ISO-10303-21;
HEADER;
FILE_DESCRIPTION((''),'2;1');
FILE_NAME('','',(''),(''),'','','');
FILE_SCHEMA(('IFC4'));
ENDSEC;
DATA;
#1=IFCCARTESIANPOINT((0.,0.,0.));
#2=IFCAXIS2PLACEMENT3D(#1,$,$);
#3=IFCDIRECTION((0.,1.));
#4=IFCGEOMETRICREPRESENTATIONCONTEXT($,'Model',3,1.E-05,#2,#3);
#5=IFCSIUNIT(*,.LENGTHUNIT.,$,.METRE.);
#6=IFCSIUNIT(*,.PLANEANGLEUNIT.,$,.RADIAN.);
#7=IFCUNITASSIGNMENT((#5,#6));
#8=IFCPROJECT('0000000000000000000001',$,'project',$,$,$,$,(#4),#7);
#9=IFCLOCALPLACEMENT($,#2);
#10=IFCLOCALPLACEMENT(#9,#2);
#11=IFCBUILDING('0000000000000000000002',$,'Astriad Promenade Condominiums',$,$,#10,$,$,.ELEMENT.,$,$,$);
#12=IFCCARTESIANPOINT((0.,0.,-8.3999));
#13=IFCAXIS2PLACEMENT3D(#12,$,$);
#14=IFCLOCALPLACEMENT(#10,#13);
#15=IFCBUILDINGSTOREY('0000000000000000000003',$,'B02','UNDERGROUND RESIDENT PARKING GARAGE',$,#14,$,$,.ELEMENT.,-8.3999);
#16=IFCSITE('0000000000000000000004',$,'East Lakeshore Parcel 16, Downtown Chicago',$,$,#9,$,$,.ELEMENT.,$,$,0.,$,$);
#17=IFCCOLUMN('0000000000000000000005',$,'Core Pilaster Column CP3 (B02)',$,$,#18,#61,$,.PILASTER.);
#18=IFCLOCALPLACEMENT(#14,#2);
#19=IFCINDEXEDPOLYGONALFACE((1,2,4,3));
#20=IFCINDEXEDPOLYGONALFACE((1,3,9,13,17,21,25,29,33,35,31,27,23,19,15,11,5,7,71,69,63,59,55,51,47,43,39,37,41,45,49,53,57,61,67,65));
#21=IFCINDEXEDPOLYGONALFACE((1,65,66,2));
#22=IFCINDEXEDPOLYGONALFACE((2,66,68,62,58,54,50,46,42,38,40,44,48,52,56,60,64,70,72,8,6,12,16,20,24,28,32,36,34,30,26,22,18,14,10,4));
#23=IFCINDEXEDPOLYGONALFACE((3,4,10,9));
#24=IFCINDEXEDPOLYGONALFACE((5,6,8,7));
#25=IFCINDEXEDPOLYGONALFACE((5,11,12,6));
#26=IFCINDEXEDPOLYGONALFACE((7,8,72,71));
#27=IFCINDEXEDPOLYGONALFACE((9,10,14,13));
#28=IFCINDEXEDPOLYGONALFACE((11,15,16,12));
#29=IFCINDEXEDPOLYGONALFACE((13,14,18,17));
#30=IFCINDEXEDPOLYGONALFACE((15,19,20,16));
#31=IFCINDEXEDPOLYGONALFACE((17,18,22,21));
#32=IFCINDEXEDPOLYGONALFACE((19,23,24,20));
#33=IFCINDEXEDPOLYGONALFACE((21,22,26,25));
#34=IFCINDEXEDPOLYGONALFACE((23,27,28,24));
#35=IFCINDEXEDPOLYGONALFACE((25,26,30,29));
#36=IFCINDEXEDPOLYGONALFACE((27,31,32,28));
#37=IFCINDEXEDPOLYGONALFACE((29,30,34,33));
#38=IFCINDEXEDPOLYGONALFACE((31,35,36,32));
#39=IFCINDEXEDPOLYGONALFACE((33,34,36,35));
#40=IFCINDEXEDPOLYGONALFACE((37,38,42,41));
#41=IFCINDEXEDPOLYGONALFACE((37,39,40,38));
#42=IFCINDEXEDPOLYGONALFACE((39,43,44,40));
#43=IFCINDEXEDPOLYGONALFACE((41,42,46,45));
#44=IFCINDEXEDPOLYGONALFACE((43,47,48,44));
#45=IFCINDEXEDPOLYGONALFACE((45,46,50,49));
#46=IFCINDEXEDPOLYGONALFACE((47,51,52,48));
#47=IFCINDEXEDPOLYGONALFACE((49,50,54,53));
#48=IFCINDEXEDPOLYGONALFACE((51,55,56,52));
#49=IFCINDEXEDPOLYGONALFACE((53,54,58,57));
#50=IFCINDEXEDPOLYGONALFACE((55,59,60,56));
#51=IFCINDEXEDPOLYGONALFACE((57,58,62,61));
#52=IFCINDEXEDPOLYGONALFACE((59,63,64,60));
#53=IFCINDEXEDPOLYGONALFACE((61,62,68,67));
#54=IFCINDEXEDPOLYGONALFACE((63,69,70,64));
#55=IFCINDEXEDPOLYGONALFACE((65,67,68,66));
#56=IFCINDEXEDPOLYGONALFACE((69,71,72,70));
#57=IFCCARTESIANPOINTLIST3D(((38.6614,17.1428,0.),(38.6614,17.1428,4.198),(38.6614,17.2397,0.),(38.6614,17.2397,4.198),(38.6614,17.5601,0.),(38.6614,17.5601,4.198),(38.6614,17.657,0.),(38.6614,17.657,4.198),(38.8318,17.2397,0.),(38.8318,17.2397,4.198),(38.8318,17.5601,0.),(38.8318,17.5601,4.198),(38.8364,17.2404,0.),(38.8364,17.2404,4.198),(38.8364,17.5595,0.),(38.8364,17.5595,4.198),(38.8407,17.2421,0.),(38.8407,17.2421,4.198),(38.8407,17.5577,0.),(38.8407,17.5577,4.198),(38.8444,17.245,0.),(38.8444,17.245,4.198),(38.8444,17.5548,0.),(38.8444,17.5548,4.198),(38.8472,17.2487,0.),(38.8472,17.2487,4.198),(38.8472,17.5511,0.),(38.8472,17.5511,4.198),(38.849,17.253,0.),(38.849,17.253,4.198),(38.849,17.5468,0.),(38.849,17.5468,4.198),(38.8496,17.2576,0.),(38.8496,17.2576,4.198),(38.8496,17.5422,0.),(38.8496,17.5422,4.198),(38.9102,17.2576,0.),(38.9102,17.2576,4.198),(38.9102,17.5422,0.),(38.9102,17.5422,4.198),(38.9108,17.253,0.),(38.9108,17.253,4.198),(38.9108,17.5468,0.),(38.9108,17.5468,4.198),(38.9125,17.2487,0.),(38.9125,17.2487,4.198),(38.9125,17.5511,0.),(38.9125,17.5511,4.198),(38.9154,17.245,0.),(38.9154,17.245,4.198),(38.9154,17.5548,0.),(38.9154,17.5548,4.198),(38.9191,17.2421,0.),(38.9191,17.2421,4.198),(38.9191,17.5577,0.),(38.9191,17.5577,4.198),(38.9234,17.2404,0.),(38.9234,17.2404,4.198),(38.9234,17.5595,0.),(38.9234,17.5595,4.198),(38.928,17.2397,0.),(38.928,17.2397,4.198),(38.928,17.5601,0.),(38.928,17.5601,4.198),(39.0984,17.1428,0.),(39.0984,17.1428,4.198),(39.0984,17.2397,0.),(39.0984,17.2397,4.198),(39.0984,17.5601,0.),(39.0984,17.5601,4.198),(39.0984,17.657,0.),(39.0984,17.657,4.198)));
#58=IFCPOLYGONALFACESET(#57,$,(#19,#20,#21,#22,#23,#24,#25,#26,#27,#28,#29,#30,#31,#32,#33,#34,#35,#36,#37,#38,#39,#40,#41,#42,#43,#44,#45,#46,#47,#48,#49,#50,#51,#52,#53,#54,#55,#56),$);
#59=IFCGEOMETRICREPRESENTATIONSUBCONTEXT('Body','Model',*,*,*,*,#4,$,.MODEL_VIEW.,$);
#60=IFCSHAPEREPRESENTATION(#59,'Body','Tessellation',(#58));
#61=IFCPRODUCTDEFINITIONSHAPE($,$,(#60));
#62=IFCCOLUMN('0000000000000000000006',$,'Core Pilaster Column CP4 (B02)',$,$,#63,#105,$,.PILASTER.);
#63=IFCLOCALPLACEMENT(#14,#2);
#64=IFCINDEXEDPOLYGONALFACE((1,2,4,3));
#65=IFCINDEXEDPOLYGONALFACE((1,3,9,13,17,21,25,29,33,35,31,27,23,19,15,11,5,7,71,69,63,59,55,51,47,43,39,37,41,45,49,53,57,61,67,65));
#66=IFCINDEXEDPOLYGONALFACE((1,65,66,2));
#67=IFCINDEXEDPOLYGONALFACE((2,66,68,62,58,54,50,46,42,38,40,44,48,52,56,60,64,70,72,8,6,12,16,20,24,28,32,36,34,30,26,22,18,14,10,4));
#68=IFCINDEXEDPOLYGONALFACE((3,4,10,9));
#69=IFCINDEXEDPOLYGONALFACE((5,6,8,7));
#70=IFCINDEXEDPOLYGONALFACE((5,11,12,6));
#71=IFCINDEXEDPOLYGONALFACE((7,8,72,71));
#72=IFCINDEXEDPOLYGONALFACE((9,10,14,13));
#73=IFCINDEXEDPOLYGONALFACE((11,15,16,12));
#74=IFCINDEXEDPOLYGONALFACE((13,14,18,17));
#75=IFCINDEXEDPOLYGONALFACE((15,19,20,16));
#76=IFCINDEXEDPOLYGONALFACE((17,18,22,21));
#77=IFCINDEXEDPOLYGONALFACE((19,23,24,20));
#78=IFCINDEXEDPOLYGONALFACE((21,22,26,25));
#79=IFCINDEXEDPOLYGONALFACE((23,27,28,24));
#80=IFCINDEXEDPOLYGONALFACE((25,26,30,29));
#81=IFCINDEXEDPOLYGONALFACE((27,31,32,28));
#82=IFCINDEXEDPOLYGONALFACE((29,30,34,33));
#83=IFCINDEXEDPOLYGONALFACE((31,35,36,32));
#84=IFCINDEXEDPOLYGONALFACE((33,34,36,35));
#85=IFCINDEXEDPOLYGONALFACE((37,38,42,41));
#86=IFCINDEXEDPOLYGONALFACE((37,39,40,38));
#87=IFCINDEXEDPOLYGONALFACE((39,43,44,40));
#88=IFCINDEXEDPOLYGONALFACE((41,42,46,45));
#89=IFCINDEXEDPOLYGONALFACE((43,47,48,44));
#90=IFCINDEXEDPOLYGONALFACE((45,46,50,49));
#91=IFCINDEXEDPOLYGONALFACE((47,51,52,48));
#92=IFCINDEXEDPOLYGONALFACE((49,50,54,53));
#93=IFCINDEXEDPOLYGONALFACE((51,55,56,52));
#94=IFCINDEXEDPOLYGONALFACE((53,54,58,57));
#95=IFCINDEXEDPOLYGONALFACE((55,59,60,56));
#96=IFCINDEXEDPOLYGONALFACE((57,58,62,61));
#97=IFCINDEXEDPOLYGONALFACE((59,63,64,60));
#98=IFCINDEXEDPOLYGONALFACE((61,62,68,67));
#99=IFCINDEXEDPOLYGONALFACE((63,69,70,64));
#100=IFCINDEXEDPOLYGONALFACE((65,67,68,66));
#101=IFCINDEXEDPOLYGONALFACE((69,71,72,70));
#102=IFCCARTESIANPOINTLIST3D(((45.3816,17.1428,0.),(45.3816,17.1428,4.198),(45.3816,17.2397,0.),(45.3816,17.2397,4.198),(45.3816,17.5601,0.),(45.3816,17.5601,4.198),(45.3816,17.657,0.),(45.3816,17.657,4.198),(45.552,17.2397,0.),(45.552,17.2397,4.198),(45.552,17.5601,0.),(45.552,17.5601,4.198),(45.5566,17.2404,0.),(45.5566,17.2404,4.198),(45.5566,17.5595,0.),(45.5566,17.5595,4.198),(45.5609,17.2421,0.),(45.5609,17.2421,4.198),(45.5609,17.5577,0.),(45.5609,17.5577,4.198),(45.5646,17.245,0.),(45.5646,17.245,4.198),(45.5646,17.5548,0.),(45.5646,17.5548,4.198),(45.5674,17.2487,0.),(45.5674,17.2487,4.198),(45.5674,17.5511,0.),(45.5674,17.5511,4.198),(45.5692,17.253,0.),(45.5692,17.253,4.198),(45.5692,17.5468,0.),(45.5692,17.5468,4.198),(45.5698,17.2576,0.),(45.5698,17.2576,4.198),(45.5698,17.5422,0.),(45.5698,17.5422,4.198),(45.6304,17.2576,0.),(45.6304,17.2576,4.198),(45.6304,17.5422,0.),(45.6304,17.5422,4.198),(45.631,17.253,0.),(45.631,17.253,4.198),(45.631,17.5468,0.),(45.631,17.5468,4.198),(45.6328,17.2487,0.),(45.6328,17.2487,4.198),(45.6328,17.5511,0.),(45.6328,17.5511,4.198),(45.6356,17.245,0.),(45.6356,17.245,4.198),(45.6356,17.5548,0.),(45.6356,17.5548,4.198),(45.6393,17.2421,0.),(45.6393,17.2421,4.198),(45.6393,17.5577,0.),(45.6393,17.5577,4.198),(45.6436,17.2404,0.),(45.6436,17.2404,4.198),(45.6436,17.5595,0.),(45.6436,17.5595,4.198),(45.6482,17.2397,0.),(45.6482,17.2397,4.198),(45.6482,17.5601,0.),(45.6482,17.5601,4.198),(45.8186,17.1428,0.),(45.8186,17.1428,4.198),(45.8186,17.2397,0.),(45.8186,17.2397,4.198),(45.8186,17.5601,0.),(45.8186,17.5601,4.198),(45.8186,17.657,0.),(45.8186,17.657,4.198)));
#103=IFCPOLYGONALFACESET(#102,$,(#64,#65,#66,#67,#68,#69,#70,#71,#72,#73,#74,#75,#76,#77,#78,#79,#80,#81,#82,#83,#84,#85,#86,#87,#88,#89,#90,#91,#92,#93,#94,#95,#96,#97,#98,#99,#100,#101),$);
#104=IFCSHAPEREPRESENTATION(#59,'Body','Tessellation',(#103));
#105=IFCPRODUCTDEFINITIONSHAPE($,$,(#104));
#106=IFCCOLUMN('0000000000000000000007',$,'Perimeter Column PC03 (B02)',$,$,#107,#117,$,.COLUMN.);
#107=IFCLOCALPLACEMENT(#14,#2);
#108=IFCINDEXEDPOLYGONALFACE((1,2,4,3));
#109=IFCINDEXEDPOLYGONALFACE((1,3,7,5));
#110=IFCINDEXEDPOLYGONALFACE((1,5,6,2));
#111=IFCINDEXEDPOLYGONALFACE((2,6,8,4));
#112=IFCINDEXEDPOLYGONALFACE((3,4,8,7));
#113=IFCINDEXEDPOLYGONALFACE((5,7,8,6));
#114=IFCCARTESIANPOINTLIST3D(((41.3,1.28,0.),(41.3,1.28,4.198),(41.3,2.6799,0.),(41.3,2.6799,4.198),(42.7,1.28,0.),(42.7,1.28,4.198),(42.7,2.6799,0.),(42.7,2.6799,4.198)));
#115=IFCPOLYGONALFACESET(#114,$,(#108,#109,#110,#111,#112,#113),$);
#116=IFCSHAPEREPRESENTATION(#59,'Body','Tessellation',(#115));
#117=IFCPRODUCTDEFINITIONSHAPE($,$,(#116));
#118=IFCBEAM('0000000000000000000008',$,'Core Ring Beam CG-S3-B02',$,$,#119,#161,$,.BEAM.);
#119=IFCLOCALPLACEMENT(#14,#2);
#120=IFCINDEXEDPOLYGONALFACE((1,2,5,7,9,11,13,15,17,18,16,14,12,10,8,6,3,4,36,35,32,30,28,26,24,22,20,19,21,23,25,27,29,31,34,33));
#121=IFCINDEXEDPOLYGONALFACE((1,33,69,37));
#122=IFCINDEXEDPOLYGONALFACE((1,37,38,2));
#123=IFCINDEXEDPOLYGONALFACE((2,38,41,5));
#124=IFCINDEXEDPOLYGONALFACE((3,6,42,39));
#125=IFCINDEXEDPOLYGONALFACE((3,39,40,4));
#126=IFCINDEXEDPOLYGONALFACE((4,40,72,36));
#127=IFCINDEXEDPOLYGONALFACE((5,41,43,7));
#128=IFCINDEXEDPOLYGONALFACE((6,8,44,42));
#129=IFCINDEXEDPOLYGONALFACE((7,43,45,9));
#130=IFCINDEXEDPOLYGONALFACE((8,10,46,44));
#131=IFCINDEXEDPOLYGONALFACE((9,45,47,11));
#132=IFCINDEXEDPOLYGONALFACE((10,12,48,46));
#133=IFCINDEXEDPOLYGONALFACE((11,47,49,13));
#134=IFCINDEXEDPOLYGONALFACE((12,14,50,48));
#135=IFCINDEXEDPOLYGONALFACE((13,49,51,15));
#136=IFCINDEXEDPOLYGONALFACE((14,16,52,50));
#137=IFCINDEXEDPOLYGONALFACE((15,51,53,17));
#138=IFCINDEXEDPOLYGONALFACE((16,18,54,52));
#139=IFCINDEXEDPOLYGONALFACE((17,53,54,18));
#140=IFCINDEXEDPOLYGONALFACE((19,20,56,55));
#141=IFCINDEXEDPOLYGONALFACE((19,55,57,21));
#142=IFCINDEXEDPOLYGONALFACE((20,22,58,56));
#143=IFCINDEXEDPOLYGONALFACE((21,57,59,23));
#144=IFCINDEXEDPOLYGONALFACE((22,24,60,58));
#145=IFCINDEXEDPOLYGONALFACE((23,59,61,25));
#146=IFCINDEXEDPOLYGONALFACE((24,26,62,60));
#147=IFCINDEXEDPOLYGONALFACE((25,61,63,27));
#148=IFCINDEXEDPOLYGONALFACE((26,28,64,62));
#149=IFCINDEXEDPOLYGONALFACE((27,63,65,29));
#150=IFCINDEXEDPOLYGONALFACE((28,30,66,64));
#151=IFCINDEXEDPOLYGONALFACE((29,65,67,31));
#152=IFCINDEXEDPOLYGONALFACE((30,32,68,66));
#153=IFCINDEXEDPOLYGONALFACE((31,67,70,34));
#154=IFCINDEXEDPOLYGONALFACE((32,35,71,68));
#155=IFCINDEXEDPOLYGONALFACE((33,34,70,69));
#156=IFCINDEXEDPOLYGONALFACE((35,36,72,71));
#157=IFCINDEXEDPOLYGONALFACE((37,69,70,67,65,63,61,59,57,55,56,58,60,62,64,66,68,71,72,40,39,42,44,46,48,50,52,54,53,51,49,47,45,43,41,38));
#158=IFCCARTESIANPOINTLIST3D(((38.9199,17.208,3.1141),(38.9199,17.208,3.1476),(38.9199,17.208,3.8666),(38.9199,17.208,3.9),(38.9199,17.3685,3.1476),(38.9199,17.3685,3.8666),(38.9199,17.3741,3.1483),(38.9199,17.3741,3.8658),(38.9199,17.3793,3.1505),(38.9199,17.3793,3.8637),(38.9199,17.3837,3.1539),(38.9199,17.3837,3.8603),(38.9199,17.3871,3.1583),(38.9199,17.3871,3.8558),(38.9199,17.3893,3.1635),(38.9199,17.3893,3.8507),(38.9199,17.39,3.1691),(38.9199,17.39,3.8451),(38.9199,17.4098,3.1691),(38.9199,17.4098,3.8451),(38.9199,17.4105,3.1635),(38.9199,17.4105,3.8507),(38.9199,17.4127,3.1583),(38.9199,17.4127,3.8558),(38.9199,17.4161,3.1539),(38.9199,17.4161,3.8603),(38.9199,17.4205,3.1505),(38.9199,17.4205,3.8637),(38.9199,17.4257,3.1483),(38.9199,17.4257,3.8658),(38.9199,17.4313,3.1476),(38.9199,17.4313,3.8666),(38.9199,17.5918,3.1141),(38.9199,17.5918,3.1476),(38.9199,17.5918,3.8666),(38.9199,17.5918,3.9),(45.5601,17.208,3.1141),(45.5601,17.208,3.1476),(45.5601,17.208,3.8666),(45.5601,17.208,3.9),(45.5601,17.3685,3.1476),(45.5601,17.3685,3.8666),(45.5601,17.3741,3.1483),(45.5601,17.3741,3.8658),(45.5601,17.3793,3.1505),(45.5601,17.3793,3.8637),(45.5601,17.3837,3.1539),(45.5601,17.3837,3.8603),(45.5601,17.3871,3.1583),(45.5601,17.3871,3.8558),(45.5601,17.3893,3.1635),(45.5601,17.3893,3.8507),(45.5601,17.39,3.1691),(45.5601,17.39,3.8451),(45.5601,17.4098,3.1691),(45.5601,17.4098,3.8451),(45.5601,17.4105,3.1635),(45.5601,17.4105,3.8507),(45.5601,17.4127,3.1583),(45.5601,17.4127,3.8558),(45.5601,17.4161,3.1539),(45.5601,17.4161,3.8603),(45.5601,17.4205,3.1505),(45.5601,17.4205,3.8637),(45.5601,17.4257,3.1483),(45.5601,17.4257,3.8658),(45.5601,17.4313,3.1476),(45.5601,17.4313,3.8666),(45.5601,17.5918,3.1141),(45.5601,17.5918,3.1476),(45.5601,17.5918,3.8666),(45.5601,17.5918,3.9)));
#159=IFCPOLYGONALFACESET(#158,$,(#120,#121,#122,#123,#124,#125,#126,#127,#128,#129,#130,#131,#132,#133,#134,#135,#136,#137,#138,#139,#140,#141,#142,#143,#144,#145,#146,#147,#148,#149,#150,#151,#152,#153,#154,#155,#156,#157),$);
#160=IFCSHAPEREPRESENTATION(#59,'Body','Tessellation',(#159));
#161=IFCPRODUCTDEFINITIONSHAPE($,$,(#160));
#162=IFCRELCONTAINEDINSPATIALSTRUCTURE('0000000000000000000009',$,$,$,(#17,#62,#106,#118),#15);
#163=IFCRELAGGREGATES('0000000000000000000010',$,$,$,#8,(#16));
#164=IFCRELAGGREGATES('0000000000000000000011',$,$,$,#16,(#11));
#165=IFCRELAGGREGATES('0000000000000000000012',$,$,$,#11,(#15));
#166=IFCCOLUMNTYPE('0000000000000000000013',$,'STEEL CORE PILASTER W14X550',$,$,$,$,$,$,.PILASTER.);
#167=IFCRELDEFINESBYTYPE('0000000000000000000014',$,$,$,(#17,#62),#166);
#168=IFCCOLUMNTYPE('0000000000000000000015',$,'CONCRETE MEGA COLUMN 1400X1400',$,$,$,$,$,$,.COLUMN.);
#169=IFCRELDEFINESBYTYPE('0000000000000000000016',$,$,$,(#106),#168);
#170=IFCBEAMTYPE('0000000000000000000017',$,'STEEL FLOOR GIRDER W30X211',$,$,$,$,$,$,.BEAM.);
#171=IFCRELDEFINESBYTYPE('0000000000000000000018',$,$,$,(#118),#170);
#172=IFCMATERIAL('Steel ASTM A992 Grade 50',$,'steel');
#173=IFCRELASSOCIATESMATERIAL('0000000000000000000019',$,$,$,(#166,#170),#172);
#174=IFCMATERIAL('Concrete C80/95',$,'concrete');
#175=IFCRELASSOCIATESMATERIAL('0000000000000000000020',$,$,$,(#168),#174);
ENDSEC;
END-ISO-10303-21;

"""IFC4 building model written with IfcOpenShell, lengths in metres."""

from ifc_helpers import new_model, si_unit, direction, frame, origin, origin_2d, place, context, subcontext, project, spatial, rectangle, i_section, extrude, source, transform, mapped, material, material_profile, profile_set, type_object, type_shapes, element, save


model = new_model("IFC4")

# Units and contexts
model_context = context("Model", 3, precision=1e-05, world=origin(), true_north=direction((0.0, 1.0)))
body_context = subcontext(model_context, "Body", "Model", "MODEL_VIEW")
ifc_project = project(units=[si_unit("LENGTHUNIT", "METRE"), si_unit("PLANEANGLEUNIT", "RADIAN")], contexts=[model_context])

# Site, building, storey
site_placement = place(None, origin())
site = spatial("IfcSite", under=ifc_project, at=site_placement, Name="East Lakeshore Parcel 16, Downtown Chicago", CompositionType="ELEMENT", RefElevation=0.0)
building_placement = place(site_placement, origin())
building = spatial("IfcBuilding", under=site, at=building_placement, Name="Astriad Promenade Condominiums", CompositionType="ELEMENT")
storey_placement = place(building_placement, frame((0.0, 0.0, -8.3999)))
storey = spatial("IfcBuildingStorey", under=building, at=storey_placement, Name="B02", Description="UNDERGROUND RESIDENT PARKING GARAGE", CompositionType="ELEMENT", Elevation=-8.3999)

# Columns
ifc_material_1 = material(Name="Steel ASTM A992 Grade 50", Category="steel")
ifc_material_profile_1 = material_profile(ifc_material_1, i_section(OverallWidth=0.437, OverallDepth=0.5142, WebThickness=0.0605, FlangeThickness=0.0969, FilletRadius=0.0178, at=origin_2d()), Name="W14X550")
ifc_profile_set_1 = profile_set([ifc_material_profile_1], Name="Steel ASTM A992 Grade 50")
column_type_1 = type_object("IfcColumnType", Name="STEEL CORE PILASTER W14X550", PredefinedType="PILASTER", material=ifc_profile_set_1)
shared_shape_1 = source(origin(), body_context, "Body", "SweptSolid", [
    extrude(i_section(OverallWidth=0.437, OverallDepth=0.5142, WebThickness=0.0605, FlangeThickness=0.0969, FilletRadius=0.0178, at=origin_2d()), origin(), (0.0, 0.0, 1.0), 4.198),
])
type_shapes(column_type_1, [shared_shape_1])
for number, where, z_axis, x_axis, name in (
    (1, (38.8799, 17.3999, 0.0), (0.0, 0.0, 1.0), (1.0, 0.0, 0.0), "Core Pilaster Column CP3 (B02)"),
    (2, (45.6001, 17.3999, 0.0), (0.0, 0.0, 1.0), (1.0, 0.0, 0.0), "Core Pilaster Column CP4 (B02)"),
):
    element("IfcColumn", number, at=place(storey_placement, frame(where, z_axis=z_axis, x_axis=x_axis)), inside=storey, type_object=column_type_1, Name=name, PredefinedType="PILASTER", context=body_context, shape_type="MappedRepresentation", body=[
        mapped(shared_shape_1, transform((0.0, 0.0, 0.0), scale=1.0)),
    ])
ifc_material_2 = material(Name="Concrete C80/95", Category="concrete")
ifc_material_profile_2 = material_profile(ifc_material_2, rectangle(XDim=1.3999, YDim=1.3999, at=origin_2d()), Name="RC-COL-1400X1400")
ifc_profile_set_2 = profile_set([ifc_material_profile_2], Name="Concrete C80/95")
column_type_2 = type_object("IfcColumnType", Name="CONCRETE MEGA COLUMN 1400X1400", PredefinedType="COLUMN", material=ifc_profile_set_2)
shared_shape_2 = source(origin(), body_context, "Body", "SweptSolid", [
    extrude(rectangle(XDim=1.3999, YDim=1.3999, at=origin_2d()), origin(), (0.0, 0.0, 1.0), 4.198),
])
type_shapes(column_type_2, [shared_shape_2])
column_placement = place(storey_placement, frame((42.0, 1.98, 0.0), z_axis=(0.0, 0.0, 1.0), x_axis=(1.0, 0.0, 0.0)))
element("IfcColumn", 3, at=column_placement, inside=storey, type_object=column_type_2, Name="Perimeter Column PC03 (B02)", PredefinedType="COLUMN", context=body_context, shape_type="MappedRepresentation", body=[
    mapped(shared_shape_2, transform((0.0, 0.0, 0.0), scale=1.0)),
])

# Beam
ifc_material_profile_3 = material_profile(ifc_material_1, i_section(OverallWidth=0.3838, OverallDepth=0.7859, WebThickness=0.0198, FlangeThickness=0.0334, FilletRadius=0.0215, at=origin_2d()), Name="W30X211")
ifc_profile_set_3 = profile_set([ifc_material_profile_3], Name="Steel ASTM A992 Grade 50")
beam_type_1 = type_object("IfcBeamType", Name="STEEL FLOOR GIRDER W30X211", PredefinedType="BEAM", material=ifc_profile_set_3)
shared_shape_3 = source(origin(), body_context, "Body", "SweptSolid", [
    extrude(i_section(OverallWidth=0.3838, OverallDepth=0.7859, WebThickness=0.0198, FlangeThickness=0.0334, FilletRadius=0.0215, at=origin_2d()), origin(), (0.0, 0.0, 1.0), 6.6401),
])
type_shapes(beam_type_1, [shared_shape_3])
beam_1_placement = place(storey_placement, frame((38.9199, 17.3999, 3.5071), z_axis=(1.0, 0.0, 0.0), x_axis=(0.0, 1.0, 0.0)))
element("IfcBeam", 4, at=beam_1_placement, inside=storey, type_object=beam_type_1, Name="Core Ring Beam CG-S3-B02", PredefinedType="BEAM", context=body_context, shape_type="MappedRepresentation", body=[
    mapped(shared_shape_3, transform((0.0, 0.0, 0.0), scale=1.0)),
])

save(model, "model.ifc")
